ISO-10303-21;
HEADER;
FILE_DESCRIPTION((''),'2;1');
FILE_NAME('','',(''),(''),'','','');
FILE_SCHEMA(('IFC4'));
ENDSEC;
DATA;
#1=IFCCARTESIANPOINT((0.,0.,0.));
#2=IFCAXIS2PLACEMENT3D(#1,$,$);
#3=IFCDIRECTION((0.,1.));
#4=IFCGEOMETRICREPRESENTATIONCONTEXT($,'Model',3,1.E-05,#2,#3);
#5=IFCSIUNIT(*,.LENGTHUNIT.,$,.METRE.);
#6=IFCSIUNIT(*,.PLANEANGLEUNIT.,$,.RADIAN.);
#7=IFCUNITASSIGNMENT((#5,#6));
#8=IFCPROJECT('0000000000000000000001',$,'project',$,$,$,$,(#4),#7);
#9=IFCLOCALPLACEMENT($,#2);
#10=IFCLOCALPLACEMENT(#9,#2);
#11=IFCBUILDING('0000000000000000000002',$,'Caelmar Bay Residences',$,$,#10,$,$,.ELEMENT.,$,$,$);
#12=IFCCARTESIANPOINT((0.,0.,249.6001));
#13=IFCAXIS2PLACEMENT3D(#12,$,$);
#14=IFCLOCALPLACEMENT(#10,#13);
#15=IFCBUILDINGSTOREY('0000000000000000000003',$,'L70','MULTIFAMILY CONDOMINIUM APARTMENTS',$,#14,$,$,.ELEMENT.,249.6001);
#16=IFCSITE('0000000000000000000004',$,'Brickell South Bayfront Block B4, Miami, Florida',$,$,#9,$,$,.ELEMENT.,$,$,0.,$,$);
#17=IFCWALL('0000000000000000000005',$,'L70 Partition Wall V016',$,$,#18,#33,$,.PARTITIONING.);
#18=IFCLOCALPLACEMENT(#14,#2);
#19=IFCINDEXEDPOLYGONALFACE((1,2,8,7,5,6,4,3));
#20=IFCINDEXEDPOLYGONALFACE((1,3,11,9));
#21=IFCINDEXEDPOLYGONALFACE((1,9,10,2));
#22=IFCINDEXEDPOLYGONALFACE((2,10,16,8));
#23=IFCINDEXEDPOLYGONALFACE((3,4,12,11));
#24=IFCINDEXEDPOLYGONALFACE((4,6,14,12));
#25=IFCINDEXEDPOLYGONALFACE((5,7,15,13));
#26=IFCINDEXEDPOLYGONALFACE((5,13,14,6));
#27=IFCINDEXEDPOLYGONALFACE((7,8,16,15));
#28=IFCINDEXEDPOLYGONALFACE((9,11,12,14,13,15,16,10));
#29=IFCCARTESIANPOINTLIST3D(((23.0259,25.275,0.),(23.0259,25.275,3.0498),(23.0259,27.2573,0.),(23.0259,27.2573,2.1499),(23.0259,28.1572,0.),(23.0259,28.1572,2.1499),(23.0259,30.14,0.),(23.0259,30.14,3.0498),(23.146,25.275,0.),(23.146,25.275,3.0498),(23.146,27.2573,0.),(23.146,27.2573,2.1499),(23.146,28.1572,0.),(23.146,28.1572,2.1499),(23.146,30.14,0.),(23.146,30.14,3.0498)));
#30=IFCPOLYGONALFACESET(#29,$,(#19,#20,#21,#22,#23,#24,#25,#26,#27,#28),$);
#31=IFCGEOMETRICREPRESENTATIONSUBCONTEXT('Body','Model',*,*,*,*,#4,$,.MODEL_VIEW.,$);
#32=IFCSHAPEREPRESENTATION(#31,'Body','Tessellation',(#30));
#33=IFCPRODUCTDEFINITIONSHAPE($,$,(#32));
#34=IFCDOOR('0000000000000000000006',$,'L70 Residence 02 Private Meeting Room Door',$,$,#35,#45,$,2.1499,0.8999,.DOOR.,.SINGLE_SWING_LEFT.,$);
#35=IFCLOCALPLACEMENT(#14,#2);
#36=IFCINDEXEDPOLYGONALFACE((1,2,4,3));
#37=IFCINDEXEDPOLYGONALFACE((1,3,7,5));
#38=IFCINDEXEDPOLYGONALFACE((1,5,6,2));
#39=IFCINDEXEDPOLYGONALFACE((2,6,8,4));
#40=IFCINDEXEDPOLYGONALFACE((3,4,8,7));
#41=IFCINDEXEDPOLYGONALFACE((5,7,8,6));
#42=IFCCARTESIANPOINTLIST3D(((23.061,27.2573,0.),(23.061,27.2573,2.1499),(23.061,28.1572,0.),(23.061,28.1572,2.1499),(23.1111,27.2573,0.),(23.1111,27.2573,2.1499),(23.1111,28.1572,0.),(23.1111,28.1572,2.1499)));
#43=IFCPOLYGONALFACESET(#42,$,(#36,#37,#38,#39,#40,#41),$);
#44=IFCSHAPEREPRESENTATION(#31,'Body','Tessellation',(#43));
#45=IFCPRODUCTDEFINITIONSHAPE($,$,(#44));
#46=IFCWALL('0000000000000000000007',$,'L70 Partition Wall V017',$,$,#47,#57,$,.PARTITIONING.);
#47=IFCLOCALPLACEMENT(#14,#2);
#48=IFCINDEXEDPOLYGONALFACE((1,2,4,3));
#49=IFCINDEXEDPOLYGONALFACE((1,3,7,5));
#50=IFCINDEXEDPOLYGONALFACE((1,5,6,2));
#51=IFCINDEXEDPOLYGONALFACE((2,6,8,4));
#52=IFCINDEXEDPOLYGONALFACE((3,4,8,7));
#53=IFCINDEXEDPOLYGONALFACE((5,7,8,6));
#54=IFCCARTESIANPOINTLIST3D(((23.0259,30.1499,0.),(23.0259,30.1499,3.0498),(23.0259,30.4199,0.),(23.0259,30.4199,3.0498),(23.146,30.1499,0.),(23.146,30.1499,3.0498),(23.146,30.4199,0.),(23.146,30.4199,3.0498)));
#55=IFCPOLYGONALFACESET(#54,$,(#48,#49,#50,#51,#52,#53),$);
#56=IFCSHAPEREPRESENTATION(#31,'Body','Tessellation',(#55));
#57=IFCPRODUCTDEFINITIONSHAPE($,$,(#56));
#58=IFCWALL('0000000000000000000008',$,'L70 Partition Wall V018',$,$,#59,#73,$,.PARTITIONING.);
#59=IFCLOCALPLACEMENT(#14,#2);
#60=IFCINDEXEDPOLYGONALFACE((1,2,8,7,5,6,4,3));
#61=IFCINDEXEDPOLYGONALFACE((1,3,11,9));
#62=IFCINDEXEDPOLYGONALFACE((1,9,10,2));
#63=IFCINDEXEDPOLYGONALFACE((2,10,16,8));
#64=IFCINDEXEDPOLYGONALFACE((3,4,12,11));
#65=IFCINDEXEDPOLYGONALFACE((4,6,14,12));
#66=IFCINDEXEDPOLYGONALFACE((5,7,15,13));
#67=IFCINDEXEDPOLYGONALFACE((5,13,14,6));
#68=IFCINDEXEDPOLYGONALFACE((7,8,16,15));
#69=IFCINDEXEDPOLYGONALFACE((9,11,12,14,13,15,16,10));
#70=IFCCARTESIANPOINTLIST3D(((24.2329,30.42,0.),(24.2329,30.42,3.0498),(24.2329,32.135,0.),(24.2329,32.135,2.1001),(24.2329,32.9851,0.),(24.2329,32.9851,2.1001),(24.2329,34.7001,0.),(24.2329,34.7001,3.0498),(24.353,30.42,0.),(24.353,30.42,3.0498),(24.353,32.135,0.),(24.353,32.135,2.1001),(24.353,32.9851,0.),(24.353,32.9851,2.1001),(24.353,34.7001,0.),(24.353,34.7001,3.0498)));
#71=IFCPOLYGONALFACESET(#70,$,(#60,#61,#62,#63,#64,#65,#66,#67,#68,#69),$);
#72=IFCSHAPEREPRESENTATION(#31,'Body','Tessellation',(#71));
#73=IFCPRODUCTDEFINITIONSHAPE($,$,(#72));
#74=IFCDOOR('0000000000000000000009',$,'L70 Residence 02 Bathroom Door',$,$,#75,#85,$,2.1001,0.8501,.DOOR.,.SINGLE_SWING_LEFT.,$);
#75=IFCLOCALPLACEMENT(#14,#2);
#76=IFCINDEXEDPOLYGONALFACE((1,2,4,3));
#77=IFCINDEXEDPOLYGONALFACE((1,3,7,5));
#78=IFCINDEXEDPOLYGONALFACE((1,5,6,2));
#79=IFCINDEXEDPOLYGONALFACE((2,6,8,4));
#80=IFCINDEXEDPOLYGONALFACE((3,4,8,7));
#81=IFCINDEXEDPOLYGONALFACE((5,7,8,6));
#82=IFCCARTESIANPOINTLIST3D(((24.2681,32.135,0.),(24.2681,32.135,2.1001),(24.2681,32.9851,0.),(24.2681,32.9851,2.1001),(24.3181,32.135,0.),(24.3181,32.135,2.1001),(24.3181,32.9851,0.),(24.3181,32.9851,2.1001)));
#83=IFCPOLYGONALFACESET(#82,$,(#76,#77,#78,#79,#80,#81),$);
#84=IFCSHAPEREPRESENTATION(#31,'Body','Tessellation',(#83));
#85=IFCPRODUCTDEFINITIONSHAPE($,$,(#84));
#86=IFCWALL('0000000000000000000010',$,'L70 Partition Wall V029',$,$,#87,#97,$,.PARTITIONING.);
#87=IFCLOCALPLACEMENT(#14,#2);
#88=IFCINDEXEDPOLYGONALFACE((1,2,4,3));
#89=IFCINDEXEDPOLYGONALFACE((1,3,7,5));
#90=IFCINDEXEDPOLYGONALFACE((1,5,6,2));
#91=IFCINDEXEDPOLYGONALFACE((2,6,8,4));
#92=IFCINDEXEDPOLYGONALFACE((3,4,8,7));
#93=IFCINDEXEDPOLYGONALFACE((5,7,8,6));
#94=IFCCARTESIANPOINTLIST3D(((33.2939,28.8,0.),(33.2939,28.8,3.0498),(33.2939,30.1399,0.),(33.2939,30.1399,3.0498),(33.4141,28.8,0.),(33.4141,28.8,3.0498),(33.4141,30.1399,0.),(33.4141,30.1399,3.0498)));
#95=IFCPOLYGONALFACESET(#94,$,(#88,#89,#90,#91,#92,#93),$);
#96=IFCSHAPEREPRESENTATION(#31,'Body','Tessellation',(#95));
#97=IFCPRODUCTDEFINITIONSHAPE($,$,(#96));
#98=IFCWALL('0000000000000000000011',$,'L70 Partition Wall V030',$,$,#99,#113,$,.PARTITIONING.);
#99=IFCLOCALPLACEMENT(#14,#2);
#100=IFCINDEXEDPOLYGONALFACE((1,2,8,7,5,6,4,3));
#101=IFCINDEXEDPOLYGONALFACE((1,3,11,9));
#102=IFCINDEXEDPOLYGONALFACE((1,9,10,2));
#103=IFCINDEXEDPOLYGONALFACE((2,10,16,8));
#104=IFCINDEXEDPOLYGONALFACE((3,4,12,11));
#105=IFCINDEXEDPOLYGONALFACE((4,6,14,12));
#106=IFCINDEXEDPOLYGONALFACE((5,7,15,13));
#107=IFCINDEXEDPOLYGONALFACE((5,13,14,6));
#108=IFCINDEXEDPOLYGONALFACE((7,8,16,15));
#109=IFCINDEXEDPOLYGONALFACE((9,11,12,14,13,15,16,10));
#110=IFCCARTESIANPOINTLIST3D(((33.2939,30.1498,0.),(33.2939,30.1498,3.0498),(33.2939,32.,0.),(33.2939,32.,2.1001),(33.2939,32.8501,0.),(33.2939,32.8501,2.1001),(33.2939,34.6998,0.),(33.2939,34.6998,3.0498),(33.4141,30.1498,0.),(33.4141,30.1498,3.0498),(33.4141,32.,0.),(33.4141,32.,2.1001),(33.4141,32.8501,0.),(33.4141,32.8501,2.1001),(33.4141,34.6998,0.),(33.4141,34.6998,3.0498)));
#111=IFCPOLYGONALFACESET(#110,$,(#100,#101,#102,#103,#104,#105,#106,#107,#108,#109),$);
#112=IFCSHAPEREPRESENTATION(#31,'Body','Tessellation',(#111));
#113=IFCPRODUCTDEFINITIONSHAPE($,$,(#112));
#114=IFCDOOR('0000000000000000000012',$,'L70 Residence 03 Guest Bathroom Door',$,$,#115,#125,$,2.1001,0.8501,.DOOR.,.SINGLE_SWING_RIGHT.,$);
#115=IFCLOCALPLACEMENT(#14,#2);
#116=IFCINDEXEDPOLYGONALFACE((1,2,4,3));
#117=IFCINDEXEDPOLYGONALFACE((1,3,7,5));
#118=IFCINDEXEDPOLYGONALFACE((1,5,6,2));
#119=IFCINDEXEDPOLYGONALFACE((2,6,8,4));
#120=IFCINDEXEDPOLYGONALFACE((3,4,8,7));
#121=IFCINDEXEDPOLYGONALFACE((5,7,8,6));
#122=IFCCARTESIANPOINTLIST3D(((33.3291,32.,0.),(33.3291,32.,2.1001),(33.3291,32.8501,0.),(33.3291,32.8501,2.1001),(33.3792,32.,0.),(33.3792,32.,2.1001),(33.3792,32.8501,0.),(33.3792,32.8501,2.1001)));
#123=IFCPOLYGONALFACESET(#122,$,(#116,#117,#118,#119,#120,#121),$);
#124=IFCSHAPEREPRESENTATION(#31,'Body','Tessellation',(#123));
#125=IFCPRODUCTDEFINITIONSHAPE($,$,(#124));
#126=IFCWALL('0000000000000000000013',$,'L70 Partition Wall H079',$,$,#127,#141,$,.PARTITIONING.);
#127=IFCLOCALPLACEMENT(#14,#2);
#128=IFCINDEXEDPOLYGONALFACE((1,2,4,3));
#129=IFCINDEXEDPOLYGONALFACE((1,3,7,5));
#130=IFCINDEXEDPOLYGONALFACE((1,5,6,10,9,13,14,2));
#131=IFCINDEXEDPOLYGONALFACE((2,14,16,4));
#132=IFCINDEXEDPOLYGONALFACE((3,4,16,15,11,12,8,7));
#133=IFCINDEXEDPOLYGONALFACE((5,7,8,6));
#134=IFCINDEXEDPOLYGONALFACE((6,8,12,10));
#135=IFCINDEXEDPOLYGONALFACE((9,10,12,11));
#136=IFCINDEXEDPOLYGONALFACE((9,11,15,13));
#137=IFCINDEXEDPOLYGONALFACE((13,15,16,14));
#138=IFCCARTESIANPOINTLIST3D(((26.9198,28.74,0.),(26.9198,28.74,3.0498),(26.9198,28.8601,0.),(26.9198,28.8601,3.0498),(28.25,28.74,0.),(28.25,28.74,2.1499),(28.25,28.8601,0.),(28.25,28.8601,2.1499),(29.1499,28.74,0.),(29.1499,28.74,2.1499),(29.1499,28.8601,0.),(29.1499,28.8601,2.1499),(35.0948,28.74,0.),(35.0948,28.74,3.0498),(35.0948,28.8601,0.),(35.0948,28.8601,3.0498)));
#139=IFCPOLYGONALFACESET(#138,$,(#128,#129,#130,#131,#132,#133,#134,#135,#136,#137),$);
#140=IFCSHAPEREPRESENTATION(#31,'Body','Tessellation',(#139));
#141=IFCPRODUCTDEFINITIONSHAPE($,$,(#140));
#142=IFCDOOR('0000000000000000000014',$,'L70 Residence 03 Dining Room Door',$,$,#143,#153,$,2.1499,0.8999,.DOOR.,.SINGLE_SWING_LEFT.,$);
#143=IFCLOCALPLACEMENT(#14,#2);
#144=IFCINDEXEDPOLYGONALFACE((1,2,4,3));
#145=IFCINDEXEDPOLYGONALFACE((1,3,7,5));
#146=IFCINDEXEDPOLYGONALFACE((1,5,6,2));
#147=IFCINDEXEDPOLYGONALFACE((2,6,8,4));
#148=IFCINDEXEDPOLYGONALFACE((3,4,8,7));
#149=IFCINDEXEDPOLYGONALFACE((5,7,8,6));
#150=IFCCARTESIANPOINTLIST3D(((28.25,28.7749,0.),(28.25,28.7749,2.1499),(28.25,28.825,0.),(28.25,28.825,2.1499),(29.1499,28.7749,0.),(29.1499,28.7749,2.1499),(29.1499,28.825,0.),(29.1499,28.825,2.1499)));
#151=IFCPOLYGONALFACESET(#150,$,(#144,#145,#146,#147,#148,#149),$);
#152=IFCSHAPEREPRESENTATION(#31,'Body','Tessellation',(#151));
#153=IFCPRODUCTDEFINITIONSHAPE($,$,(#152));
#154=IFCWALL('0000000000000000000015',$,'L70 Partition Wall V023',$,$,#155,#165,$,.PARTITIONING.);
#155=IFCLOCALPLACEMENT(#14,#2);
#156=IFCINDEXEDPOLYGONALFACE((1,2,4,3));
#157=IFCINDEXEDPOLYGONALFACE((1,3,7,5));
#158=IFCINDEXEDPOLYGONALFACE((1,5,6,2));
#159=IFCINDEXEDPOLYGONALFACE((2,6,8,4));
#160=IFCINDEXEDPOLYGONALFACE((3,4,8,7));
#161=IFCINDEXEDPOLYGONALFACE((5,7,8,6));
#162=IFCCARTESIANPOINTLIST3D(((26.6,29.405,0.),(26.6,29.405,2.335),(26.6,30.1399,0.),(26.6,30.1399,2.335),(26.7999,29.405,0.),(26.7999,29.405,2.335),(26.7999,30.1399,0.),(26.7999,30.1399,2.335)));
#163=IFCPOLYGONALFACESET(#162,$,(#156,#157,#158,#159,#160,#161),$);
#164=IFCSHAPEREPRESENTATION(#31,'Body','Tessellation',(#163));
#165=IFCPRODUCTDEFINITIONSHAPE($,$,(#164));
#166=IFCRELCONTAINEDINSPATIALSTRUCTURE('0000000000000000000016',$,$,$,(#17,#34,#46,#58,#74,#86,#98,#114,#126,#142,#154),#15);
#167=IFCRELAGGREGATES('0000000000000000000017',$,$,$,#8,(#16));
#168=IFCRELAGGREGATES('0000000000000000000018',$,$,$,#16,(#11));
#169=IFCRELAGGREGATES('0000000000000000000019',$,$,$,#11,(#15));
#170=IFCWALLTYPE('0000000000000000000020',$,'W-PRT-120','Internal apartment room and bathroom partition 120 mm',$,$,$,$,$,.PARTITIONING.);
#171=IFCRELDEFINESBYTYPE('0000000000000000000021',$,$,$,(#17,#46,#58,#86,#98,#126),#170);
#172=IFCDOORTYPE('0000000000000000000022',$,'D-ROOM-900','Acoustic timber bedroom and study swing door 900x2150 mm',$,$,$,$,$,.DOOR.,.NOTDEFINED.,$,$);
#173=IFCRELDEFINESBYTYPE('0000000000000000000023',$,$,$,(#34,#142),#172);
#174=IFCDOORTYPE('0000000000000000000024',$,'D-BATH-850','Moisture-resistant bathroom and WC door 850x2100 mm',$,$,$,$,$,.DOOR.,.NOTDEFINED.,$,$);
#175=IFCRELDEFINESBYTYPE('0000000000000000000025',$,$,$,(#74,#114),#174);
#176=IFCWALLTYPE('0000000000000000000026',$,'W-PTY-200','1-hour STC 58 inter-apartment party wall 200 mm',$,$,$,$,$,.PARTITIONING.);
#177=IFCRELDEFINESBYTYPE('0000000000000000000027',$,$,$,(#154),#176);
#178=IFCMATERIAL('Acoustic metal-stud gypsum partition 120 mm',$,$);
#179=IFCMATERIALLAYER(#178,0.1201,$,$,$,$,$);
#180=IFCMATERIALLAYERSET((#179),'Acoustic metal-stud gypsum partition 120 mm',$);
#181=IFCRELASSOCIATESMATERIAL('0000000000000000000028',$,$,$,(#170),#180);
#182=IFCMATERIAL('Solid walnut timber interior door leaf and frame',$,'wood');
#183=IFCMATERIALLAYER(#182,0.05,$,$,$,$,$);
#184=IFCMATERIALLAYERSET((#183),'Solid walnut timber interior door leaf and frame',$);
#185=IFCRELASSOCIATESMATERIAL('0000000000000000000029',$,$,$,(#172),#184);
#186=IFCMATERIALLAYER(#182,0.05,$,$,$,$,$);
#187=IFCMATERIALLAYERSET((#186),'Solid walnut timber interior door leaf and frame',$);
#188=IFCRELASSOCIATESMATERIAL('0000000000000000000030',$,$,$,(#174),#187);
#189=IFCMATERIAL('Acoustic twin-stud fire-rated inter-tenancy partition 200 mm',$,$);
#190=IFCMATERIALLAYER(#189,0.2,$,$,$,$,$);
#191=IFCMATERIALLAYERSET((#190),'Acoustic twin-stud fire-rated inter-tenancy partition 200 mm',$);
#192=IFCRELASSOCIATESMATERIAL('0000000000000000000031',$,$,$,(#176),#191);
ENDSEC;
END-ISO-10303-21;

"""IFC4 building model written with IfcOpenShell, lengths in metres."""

from ifc_helpers import new_model, si_unit, direction, frame, frame_2d, origin, place, context, subcontext, project, spatial, rectangle, extrude, material, layer, layer_set, type_object, element, fill, save


model = new_model("IFC4")

# Units and contexts
model_context = context("Model", 3, precision=1e-05, world=origin(), true_north=direction((0.0, 1.0)))
body_context = subcontext(model_context, "Body", "Model", "MODEL_VIEW")
ifc_project = project(units=[si_unit("LENGTHUNIT", "METRE"), si_unit("PLANEANGLEUNIT", "RADIAN")], contexts=[model_context])

# Site, building, storey
site_placement = place(None, origin())
site = spatial("IfcSite", under=ifc_project, at=site_placement, Name="Brickell South Bayfront Block B4, Miami, Florida", CompositionType="ELEMENT", RefElevation=0.0)
building_placement = place(site_placement, origin())
building = spatial("IfcBuilding", under=site, at=building_placement, Name="Caelmar Bay Residences", CompositionType="ELEMENT")
storey_placement = place(building_placement, frame((0.0, 0.0, 249.6001)))
storey = spatial("IfcBuildingStorey", under=building, at=storey_placement, Name="L70", Description="MULTIFAMILY CONDOMINIUM APARTMENTS", CompositionType="ELEMENT", Elevation=249.6001)

# Wall, opening, door
ifc_material_1 = material(Name="Acoustic metal-stud gypsum partition 120 mm")
ifc_layer_1 = layer(ifc_material_1, 0.1201)
ifc_layer_set_1 = layer_set([ifc_layer_1], Name="Acoustic metal-stud gypsum partition 120 mm")
wall_type_1 = type_object("IfcWallType", Name="W-PRT-120", Description="Internal apartment room and bathroom partition 120 mm", PredefinedType="PARTITIONING", material=ifc_layer_set_1)
wall_1_placement = place(storey_placement, frame((23.0859, 25.2749, 0.0), z_axis=(0.0, 0.0, 1.0), x_axis=(0.0, 1.0, 0.0)))
wall_1 = element("IfcWall", 1, at=wall_1_placement, inside=storey, type_object=wall_type_1, Name="L70 Partition Wall V016", PredefinedType="PARTITIONING", context=body_context, shape_type="SweptSolid", body=[
    extrude(rectangle(XDim=4.865, YDim=0.1201, at=frame_2d((2.4326, 0.0))), origin(), (0.0, 0.0, 1.0), 3.0498),
])
opening_1_placement = place(wall_1_placement, frame((1.9824, 0.0, 0.0)))
opening_1 = element("IfcOpeningElement", 2, at=opening_1_placement, cuts=wall_1, PredefinedType="OPENING", context=body_context, shape_type="SweptSolid", body=[
    extrude(rectangle(XDim=0.8999, YDim=2.1499, at=frame_2d((0.45, 1.075))), frame((0.0, 0.0701, 0.0), z_axis=(0.0, -1.0, 0.0), x_axis=(1.0, 0.0, 0.0)), (0.0, 0.0, 1.0), 0.1401),
])
ifc_material_2 = material(Name="Solid walnut timber interior door leaf and frame", Category="wood")
ifc_layer_2 = layer(ifc_material_2, 0.05)
ifc_layer_set_2 = layer_set([ifc_layer_2], Name="Solid walnut timber interior door leaf and frame")
door_type_1 = type_object("IfcDoorType", Name="D-ROOM-900", Description="Acoustic timber bedroom and study swing door 900x2150 mm", OperationType="NOTDEFINED", PredefinedType="DOOR", material=ifc_layer_set_2)
door_1_placement = place(opening_1_placement, origin())
door_1 = element("IfcDoor", 3, at=door_1_placement, inside=storey, type_object=door_type_1, Name="L70 Residence 02 Private Meeting Room Door", OperationType="SINGLE_SWING_LEFT", OverallHeight=2.1499, OverallWidth=0.8999, PredefinedType="DOOR", context=body_context, shape_type="SweptSolid", body=[
    extrude(rectangle(XDim=0.8999, YDim=2.1499, at=frame_2d((0.45, 1.075))), frame((0.0, 0.0249, 0.0), z_axis=(0.0, -1.0, 0.0), x_axis=(1.0, 0.0, 0.0)), (0.0, 0.0, 1.0), 0.05),
])
fill(opening_1, door_1)

# Wall
wall_2_placement = place(storey_placement, frame((23.0859, 30.1499, 0.0), z_axis=(0.0, 0.0, 1.0), x_axis=(0.0, 1.0, 0.0)))
element("IfcWall", 4, at=wall_2_placement, inside=storey, type_object=wall_type_1, Name="L70 Partition Wall V017", PredefinedType="PARTITIONING", context=body_context, shape_type="SweptSolid", body=[
    extrude(rectangle(XDim=0.27, YDim=0.1201, at=frame_2d((0.135, 0.0))), origin(), (0.0, 0.0, 1.0), 3.0498),
])

# Wall, opening, door
wall_3_placement = place(storey_placement, frame((24.293, 30.4199, 0.0), z_axis=(0.0, 0.0, 1.0), x_axis=(0.0, 1.0, 0.0)))
wall_3 = element("IfcWall", 5, at=wall_3_placement, inside=storey, type_object=wall_type_1, Name="L70 Partition Wall V018", PredefinedType="PARTITIONING", context=body_context, shape_type="SweptSolid", body=[
    extrude(rectangle(XDim=4.28, YDim=0.1201, at=frame_2d((2.1401, 0.0))), origin(), (0.0, 0.0, 1.0), 3.0498),
])
opening_2_placement = place(wall_3_placement, frame((1.7151, 0.0, 0.0)))
opening_2 = element("IfcOpeningElement", 6, at=opening_2_placement, cuts=wall_3, PredefinedType="OPENING", context=body_context, shape_type="SweptSolid", body=[
    extrude(rectangle(XDim=0.8501, YDim=2.1001, at=frame_2d((0.425, 1.05))), frame((0.0, 0.0701, 0.0), z_axis=(0.0, -1.0, 0.0), x_axis=(1.0, 0.0, 0.0)), (0.0, 0.0, 1.0), 0.1401),
])
ifc_layer_3 = layer(ifc_material_2, 0.05)
ifc_layer_set_3 = layer_set([ifc_layer_3], Name="Solid walnut timber interior door leaf and frame")
door_type_2 = type_object("IfcDoorType", Name="D-BATH-850", Description="Moisture-resistant bathroom and WC door 850x2100 mm", OperationType="NOTDEFINED", PredefinedType="DOOR", material=ifc_layer_set_3)
door_2_placement = place(opening_2_placement, origin())
door_2 = element("IfcDoor", 7, at=door_2_placement, inside=storey, type_object=door_type_2, Name="L70 Residence 02 Bathroom Door", OperationType="SINGLE_SWING_LEFT", OverallHeight=2.1001, OverallWidth=0.8501, PredefinedType="DOOR", context=body_context, shape_type="SweptSolid", body=[
    extrude(rectangle(XDim=0.8501, YDim=2.1001, at=frame_2d((0.425, 1.05))), frame((0.0, 0.0249, 0.0), z_axis=(0.0, -1.0, 0.0), x_axis=(1.0, 0.0, 0.0)), (0.0, 0.0, 1.0), 0.05),
])
fill(opening_2, door_2)

# Wall
wall_4_placement = place(storey_placement, frame((33.354, 28.8, 0.0), z_axis=(0.0, 0.0, 1.0), x_axis=(0.0, 1.0, 0.0)))
element("IfcWall", 8, at=wall_4_placement, inside=storey, type_object=wall_type_1, Name="L70 Partition Wall V029", PredefinedType="PARTITIONING", context=body_context, shape_type="SweptSolid", body=[
    extrude(rectangle(XDim=1.3398, YDim=0.1201, at=frame_2d((0.6699, 0.0))), origin(), (0.0, 0.0, 1.0), 3.0498),
])

# Walls, openings, doors
wall_5_placement = place(storey_placement, frame((33.354, 30.1499, 0.0), z_axis=(0.0, 0.0, 1.0), x_axis=(0.0, 1.0, 0.0)))
wall_5 = element("IfcWall", 9, at=wall_5_placement, inside=storey, type_object=wall_type_1, Name="L70 Partition Wall V030", PredefinedType="PARTITIONING", context=body_context, shape_type="SweptSolid", body=[
    extrude(rectangle(XDim=4.55, YDim=0.1201, at=frame_2d((2.2749, 0.0))), origin(), (0.0, 0.0, 1.0), 3.0498),
])
opening_3_placement = place(wall_5_placement, frame((1.8501, 0.0, 0.0)))
opening_3 = element("IfcOpeningElement", 10, at=opening_3_placement, cuts=wall_5, PredefinedType="OPENING", context=body_context, shape_type="SweptSolid", body=[
    extrude(rectangle(XDim=0.8501, YDim=2.1001, at=frame_2d((0.425, 1.05))), frame((0.0, 0.0701, 0.0), z_axis=(0.0, -1.0, 0.0), x_axis=(1.0, 0.0, 0.0)), (0.0, 0.0, 1.0), 0.1401),
])
door_3_placement = place(opening_3_placement, origin())
door_3 = element("IfcDoor", 11, at=door_3_placement, inside=storey, type_object=door_type_2, Name="L70 Residence 03 Guest Bathroom Door", OperationType="SINGLE_SWING_RIGHT", OverallHeight=2.1001, OverallWidth=0.8501, PredefinedType="DOOR", context=body_context, shape_type="SweptSolid", body=[
    extrude(rectangle(XDim=0.8501, YDim=2.1001, at=frame_2d((0.425, 1.05))), frame((0.0, 0.0249, 0.0), z_axis=(0.0, -1.0, 0.0), x_axis=(1.0, 0.0, 0.0)), (0.0, 0.0, 1.0), 0.05),
])
fill(opening_3, door_3)
wall_6_placement = place(storey_placement, frame((26.9199, 28.8, 0.0), z_axis=(0.0, 0.0, 1.0), x_axis=(1.0, 0.0, 0.0)))
wall_6 = element("IfcWall", 12, at=wall_6_placement, inside=storey, type_object=wall_type_1, Name="L70 Partition Wall H079", PredefinedType="PARTITIONING", context=body_context, shape_type="SweptSolid", body=[
    extrude(rectangle(XDim=8.175, YDim=0.1201, at=frame_2d((4.0874, 0.0))), origin(), (0.0, 0.0, 1.0), 3.0498),
])
opening_4_placement = place(wall_6_placement, frame((1.3301, 0.0, 0.0)))
opening_4 = element("IfcOpeningElement", 13, at=opening_4_placement, cuts=wall_6, PredefinedType="OPENING", context=body_context, shape_type="SweptSolid", body=[
    extrude(rectangle(XDim=0.8999, YDim=2.1499, at=frame_2d((0.45, 1.075))), frame((0.0, 0.0701, 0.0), z_axis=(0.0, -1.0, 0.0), x_axis=(1.0, 0.0, 0.0)), (0.0, 0.0, 1.0), 0.1401),
])
door_4_placement = place(opening_4_placement, origin())
door_4 = element("IfcDoor", 14, at=door_4_placement, inside=storey, type_object=door_type_1, Name="L70 Residence 03 Dining Room Door", OperationType="SINGLE_SWING_LEFT", OverallHeight=2.1499, OverallWidth=0.8999, PredefinedType="DOOR", context=body_context, shape_type="SweptSolid", body=[
    extrude(rectangle(XDim=0.8999, YDim=2.1499, at=frame_2d((0.45, 1.075))), frame((0.0, 0.0249, 0.0), z_axis=(0.0, -1.0, 0.0), x_axis=(1.0, 0.0, 0.0)), (0.0, 0.0, 1.0), 0.05),
])
fill(opening_4, door_4)

# Wall
ifc_material_3 = material(Name="Acoustic twin-stud fire-rated inter-tenancy partition 200 mm")
ifc_layer_4 = layer(ifc_material_3, 0.2)
ifc_layer_set_4 = layer_set([ifc_layer_4], Name="Acoustic twin-stud fire-rated inter-tenancy partition 200 mm")
wall_type_2 = type_object("IfcWallType", Name="W-PTY-200", Description="1-hour STC 58 inter-apartment party wall 200 mm", PredefinedType="PARTITIONING", material=ifc_layer_set_4)
wall_7_placement = place(storey_placement, frame((26.7, 29.405, 0.0), z_axis=(0.0, 0.0, 1.0), x_axis=(0.0, 1.0, 0.0)))
element("IfcWall", 15, at=wall_7_placement, inside=storey, type_object=wall_type_2, Name="L70 Partition Wall V023", PredefinedType="PARTITIONING", context=body_context, shape_type="SweptSolid", body=[
    extrude(rectangle(XDim=0.7349, YDim=0.2, at=frame_2d((0.3674, 0.0))), origin(), (0.0, 0.0, 1.0), 2.335),
])

save(model, "model.ifc")
